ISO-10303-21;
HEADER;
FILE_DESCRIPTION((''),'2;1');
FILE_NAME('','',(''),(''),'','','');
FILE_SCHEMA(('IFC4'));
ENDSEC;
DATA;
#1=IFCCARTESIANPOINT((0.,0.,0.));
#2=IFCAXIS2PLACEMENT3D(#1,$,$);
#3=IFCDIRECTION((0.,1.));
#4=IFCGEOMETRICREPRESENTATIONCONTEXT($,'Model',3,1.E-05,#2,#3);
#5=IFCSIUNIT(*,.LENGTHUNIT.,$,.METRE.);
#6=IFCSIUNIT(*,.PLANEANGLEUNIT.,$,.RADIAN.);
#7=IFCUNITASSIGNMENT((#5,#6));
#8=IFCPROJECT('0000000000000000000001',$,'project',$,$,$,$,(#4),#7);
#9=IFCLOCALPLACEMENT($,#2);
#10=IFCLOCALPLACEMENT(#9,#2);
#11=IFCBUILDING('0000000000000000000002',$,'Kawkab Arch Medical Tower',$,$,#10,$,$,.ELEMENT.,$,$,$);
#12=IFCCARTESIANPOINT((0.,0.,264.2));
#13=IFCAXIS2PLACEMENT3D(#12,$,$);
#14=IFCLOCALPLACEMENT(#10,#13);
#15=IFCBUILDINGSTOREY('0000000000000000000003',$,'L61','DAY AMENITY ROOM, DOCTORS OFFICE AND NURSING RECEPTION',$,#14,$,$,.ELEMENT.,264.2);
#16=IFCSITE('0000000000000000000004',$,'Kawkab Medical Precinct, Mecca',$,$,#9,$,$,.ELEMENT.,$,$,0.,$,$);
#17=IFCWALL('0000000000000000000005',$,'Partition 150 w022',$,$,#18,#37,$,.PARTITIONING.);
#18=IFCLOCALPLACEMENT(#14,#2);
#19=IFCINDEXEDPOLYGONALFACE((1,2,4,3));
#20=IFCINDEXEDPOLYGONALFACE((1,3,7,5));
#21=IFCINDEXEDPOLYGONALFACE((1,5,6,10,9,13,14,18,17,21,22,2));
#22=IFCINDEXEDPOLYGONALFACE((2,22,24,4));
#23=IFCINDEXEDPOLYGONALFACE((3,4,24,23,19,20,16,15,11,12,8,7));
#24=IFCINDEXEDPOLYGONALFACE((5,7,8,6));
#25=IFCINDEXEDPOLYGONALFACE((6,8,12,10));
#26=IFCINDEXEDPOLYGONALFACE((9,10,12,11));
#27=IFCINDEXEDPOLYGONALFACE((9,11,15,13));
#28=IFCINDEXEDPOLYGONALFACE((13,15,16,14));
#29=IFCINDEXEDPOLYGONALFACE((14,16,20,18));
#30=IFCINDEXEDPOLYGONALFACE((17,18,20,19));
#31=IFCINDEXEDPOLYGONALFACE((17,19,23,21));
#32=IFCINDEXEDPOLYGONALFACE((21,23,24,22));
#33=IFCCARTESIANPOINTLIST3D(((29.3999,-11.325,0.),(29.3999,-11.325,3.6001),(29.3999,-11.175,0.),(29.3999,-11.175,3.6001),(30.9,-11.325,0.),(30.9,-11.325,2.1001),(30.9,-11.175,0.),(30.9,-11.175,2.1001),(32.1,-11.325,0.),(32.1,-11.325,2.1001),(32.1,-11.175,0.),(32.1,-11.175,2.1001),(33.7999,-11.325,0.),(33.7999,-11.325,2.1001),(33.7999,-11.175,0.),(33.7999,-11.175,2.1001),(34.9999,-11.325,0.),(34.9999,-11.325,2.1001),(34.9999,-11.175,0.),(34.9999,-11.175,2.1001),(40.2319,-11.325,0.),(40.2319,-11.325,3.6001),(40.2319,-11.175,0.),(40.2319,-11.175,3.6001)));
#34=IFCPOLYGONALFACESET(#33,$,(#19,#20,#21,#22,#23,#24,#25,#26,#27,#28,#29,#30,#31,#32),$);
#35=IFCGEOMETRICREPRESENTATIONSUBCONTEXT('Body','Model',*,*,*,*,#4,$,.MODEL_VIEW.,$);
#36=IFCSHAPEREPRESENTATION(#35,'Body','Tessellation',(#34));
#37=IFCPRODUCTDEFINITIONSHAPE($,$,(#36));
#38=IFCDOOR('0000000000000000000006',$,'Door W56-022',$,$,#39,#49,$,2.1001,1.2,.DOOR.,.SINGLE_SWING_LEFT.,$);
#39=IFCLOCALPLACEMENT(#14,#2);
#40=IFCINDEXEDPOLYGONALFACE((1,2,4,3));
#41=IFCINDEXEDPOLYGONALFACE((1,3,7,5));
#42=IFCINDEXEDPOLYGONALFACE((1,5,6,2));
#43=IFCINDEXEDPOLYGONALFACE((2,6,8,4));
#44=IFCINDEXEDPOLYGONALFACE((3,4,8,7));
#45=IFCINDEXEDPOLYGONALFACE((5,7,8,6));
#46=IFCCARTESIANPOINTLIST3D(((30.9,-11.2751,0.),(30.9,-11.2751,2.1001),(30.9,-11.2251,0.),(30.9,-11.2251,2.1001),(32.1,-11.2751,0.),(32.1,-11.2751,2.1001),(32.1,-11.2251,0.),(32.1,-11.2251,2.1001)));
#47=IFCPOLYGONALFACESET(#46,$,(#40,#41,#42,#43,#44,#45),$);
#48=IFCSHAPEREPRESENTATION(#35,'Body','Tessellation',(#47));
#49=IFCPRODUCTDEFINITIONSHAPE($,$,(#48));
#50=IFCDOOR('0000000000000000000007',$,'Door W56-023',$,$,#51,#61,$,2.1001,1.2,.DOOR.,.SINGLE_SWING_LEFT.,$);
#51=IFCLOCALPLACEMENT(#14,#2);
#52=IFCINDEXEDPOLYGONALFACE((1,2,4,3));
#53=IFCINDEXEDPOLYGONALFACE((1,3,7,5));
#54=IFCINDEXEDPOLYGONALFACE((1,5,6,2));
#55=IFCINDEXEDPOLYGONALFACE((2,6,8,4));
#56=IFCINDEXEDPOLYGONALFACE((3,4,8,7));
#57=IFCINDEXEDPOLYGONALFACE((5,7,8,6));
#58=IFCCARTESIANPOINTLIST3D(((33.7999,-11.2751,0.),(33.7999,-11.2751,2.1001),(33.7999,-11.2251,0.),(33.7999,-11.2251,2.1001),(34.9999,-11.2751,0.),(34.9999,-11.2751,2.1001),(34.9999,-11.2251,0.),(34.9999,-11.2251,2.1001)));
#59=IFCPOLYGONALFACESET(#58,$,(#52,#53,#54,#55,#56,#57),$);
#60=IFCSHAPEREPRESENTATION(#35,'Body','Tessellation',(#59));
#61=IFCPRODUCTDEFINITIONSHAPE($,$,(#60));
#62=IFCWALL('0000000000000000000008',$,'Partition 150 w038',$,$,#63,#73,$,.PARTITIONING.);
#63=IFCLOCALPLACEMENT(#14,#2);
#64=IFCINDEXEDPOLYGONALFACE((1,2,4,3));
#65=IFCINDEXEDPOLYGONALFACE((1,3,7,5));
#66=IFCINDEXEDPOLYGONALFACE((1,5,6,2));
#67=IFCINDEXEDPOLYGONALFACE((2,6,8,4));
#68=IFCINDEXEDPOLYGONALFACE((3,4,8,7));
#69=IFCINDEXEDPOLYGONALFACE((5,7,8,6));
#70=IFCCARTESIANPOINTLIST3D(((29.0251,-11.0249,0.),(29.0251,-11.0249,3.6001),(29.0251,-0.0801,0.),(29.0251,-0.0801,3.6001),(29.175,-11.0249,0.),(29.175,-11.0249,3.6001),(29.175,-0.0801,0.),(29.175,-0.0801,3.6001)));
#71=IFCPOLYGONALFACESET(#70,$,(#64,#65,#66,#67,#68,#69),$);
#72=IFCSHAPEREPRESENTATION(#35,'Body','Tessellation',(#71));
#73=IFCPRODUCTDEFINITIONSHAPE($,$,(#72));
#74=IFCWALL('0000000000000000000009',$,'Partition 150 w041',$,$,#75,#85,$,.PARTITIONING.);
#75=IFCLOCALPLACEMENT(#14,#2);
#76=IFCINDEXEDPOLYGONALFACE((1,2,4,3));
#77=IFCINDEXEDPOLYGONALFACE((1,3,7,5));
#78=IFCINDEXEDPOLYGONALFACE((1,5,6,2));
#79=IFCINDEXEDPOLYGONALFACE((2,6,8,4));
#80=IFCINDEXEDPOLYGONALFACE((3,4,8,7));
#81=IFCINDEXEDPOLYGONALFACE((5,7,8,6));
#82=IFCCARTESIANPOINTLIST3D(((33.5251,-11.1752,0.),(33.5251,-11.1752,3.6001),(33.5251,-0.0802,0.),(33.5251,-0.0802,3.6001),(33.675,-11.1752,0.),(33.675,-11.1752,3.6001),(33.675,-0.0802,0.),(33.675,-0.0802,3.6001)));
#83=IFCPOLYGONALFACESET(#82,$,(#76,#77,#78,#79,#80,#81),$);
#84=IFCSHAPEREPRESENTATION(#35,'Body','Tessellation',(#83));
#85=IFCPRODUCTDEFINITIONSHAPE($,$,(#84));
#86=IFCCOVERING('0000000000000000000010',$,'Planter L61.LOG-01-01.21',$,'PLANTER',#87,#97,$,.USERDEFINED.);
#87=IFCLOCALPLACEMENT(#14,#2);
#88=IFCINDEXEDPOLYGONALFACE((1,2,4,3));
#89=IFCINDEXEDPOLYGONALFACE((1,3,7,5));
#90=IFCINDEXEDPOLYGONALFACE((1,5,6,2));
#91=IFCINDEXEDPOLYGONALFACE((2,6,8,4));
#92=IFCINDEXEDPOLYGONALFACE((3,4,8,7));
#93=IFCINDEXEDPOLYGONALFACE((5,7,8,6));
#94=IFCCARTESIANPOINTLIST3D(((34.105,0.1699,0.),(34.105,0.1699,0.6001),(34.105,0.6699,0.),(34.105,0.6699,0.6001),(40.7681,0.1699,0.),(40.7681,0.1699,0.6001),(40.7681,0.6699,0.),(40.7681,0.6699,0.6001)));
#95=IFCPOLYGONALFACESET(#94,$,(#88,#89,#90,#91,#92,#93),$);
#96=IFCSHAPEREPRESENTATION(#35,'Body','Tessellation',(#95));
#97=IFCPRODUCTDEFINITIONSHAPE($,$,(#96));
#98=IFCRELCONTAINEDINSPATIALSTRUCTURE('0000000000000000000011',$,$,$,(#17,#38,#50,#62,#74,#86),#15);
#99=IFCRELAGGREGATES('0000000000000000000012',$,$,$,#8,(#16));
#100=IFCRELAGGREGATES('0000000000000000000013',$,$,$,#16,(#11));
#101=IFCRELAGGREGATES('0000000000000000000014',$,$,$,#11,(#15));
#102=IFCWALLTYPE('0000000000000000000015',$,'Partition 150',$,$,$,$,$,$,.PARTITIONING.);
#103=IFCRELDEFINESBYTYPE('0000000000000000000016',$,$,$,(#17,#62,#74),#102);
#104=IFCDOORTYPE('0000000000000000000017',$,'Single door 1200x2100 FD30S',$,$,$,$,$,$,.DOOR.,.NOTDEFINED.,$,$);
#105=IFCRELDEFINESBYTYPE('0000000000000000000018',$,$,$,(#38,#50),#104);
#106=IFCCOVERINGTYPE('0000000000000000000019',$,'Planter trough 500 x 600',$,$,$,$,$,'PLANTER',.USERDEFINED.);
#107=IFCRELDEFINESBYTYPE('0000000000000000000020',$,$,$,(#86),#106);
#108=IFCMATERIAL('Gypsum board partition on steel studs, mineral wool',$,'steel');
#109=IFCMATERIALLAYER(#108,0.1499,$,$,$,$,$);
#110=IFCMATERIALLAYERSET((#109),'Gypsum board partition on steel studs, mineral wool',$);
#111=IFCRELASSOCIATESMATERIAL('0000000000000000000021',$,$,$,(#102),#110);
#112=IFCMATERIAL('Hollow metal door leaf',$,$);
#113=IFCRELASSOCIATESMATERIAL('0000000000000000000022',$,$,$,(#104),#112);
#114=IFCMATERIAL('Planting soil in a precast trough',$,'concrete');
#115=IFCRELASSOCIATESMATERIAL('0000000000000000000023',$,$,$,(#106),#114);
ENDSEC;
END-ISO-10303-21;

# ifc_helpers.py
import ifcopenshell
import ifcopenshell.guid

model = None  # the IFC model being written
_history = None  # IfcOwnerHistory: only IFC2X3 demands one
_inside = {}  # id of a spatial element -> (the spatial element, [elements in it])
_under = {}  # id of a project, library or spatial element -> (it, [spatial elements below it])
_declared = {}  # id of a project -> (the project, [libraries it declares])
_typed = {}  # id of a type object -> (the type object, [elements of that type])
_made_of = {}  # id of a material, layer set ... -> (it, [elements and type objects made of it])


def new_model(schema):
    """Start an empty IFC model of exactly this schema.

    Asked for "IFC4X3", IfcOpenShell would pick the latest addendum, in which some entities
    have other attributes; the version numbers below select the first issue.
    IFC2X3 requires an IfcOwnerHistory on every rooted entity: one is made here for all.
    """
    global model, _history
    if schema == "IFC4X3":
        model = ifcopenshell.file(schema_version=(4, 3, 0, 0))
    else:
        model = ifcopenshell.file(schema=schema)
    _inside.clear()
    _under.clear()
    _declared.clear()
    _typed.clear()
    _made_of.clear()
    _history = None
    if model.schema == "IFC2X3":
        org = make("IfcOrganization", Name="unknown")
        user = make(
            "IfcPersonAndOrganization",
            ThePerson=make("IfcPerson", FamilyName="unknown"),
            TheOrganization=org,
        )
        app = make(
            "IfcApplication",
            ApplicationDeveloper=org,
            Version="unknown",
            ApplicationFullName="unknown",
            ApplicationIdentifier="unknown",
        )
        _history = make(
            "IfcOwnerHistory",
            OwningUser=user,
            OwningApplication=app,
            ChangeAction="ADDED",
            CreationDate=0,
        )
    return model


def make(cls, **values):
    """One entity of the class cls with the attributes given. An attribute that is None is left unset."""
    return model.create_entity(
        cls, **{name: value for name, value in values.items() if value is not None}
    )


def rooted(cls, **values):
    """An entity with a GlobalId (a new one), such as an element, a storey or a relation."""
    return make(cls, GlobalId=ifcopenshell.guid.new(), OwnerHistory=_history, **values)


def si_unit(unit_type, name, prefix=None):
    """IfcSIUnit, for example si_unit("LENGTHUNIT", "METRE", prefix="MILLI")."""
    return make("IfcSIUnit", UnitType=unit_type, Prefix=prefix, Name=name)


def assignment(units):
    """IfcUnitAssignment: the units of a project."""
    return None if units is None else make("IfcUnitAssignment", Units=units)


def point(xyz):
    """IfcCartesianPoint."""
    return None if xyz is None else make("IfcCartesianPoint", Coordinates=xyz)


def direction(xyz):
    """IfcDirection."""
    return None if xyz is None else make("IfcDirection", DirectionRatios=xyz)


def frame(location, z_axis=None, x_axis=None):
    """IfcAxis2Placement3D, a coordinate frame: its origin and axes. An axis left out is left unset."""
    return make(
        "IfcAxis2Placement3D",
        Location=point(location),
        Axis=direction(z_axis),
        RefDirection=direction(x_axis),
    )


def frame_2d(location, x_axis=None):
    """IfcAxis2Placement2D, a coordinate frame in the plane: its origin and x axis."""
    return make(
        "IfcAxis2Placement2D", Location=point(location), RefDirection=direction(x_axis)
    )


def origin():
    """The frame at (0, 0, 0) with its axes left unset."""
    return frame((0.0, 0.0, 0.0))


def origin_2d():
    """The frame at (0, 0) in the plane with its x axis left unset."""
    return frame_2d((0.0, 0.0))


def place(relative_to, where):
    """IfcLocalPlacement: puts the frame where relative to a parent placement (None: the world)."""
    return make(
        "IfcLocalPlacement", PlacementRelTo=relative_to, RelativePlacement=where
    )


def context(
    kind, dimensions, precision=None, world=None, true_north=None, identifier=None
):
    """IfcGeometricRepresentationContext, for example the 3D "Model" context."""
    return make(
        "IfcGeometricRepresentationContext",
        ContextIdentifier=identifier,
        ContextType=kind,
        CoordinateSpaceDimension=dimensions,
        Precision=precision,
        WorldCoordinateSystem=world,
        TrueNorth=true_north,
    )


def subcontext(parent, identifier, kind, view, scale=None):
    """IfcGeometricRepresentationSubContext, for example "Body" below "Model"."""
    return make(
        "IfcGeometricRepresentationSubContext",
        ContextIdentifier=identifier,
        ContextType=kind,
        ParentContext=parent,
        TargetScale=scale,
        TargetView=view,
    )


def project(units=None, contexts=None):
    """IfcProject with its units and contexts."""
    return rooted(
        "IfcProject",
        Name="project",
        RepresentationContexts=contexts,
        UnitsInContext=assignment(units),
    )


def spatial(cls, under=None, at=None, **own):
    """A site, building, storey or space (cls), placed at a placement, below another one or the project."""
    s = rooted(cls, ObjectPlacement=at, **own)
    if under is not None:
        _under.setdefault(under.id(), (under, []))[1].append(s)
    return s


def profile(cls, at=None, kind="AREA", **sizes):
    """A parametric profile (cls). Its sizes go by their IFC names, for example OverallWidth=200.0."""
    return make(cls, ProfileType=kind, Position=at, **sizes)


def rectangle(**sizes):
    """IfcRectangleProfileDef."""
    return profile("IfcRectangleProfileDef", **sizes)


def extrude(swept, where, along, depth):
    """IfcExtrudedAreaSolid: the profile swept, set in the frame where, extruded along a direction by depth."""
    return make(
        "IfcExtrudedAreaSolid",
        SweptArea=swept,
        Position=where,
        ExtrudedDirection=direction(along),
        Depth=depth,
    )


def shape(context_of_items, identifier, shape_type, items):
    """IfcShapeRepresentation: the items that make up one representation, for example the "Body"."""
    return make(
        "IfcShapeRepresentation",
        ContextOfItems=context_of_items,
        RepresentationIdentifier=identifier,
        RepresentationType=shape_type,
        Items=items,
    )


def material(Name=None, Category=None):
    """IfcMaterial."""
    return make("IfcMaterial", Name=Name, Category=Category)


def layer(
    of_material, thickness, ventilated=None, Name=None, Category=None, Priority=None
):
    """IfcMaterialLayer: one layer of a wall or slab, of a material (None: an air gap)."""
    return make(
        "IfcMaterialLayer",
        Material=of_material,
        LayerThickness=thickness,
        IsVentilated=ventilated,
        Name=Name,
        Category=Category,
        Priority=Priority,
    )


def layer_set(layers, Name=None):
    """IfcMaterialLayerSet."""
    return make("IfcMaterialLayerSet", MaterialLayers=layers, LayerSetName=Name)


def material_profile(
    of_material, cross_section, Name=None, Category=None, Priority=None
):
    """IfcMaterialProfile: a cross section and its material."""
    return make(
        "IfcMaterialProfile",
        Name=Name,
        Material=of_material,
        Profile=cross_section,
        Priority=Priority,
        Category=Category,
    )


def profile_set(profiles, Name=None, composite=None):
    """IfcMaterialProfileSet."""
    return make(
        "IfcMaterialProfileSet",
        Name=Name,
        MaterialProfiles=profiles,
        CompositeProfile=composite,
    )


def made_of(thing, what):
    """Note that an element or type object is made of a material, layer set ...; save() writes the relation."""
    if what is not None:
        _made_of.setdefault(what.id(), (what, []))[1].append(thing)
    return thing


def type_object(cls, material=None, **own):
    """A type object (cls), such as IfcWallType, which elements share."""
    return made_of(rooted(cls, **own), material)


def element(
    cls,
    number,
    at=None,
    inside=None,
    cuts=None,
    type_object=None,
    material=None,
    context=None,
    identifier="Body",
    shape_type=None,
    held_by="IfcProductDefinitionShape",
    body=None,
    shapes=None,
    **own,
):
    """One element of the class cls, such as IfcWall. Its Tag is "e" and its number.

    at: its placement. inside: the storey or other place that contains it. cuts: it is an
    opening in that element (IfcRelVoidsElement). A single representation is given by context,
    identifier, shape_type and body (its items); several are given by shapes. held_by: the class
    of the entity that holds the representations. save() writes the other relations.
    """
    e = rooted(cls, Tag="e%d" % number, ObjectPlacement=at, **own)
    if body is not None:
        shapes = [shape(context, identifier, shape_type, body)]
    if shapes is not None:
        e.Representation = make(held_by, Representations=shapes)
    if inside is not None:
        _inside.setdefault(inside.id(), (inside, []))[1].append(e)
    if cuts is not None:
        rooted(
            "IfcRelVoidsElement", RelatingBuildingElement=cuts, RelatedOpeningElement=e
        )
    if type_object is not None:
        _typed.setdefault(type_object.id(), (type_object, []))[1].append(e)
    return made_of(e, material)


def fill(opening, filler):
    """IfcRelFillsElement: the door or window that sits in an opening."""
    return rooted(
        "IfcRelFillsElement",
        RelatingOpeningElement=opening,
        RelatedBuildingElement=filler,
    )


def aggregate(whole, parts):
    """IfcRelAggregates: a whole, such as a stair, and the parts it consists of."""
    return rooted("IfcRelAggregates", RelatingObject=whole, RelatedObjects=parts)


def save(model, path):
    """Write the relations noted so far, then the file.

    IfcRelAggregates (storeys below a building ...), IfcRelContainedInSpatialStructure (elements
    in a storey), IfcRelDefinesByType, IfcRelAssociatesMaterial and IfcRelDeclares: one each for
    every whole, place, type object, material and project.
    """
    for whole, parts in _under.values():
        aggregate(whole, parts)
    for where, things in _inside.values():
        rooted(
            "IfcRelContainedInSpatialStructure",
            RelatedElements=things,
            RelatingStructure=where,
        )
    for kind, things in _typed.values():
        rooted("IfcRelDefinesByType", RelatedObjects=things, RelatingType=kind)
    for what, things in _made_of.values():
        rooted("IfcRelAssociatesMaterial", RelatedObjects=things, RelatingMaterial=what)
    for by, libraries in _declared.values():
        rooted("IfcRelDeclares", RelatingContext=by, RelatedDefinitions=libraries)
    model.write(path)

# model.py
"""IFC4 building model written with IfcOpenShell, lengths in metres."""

from ifc_helpers import new_model, si_unit, direction, frame, frame_2d, origin, origin_2d, place, context, subcontext, project, spatial, rectangle, extrude, material, layer, layer_set, material_profile, profile_set, type_object, element, fill, save


model = new_model("IFC4")

# Units and contexts
model_context = context("Model", 3, precision=1e-05, world=origin(), true_north=direction((0.0, 1.0)))
body_context = subcontext(model_context, "Body", "Model", "MODEL_VIEW")
ifc_project = project(units=[si_unit("LENGTHUNIT", "METRE"), si_unit("PLANEANGLEUNIT", "RADIAN")], contexts=[model_context])

# Site, building, storey
site_placement = place(None, origin())
site = spatial("IfcSite", under=ifc_project, at=site_placement, Name="Kawkab Medical Precinct, Mecca", CompositionType="ELEMENT", RefElevation=0.0)
building_placement = place(site_placement, origin())
building = spatial("IfcBuilding", under=site, at=building_placement, Name="Kawkab Arch Medical Tower", CompositionType="ELEMENT")
storey_placement = place(building_placement, frame((0.0, 0.0, 264.2)))
storey = spatial("IfcBuildingStorey", under=building, at=storey_placement, Name="L61", Description="DAY AMENITY ROOM, DOCTORS OFFICE AND NURSING RECEPTION", CompositionType="ELEMENT", Elevation=264.2)

# Wall, openings, doors
ifc_material_1 = material(Name="Gypsum board partition on steel studs, mineral wool", Category="steel")
ifc_layer_1 = layer(ifc_material_1, 0.1499)
ifc_layer_set_1 = layer_set([ifc_layer_1], Name="Gypsum board partition on steel studs, mineral wool")
wall_type = type_object("IfcWallType", Name="Partition 150", PredefinedType="PARTITIONING", material=ifc_layer_set_1)
ifc_material_2 = material(Name="Hollow metal door leaf")
door_type_1 = type_object("IfcDoorType", Name="Single door 1200x2100 FD30S", OperationType="NOTDEFINED", PredefinedType="DOOR", material=ifc_material_2)
wall_1_placement = place(storey_placement, frame((29.3999, -11.25, 0.0), z_axis=(0.0, 0.0, 1.0), x_axis=(1.0, 0.0, 0.0)))
wall_1 = element("IfcWall", 1, at=wall_1_placement, inside=storey, type_object=wall_type, Name="Partition 150 w022", PredefinedType="PARTITIONING", context=body_context, shape_type="SweptSolid", body=[
    extrude(rectangle(XDim=10.832, YDim=0.1499, at=frame_2d((5.416, 0.0))), origin(), (0.0, 0.0, 1.0), 3.6001),
])
opening_1_placement = place(wall_1_placement, frame((1.5, 0.0, 0.0)))
opening_1 = element("IfcOpeningElement", 2, at=opening_1_placement, cuts=wall_1, PredefinedType="OPENING", context=body_context, shape_type="SweptSolid", body=[
    extrude(rectangle(XDim=1.2, YDim=2.1001, at=frame_2d((0.6001, 1.05))), frame((0.0, 0.085, 0.0), z_axis=(0.0, -1.0, 0.0), x_axis=(1.0, 0.0, 0.0)), (0.0, 0.0, 1.0), 0.1699),
])
opening_2_placement = place(wall_1_placement, frame((4.3999, 0.0, 0.0)))
opening_2 = element("IfcOpeningElement", 3, at=opening_2_placement, cuts=wall_1, PredefinedType="OPENING", context=body_context, shape_type="SweptSolid", body=[
    extrude(rectangle(XDim=1.2, YDim=2.1001, at=frame_2d((0.6001, 1.05))), frame((0.0, 0.085, 0.0), z_axis=(0.0, -1.0, 0.0), x_axis=(1.0, 0.0, 0.0)), (0.0, 0.0, 1.0), 0.1699),
])
door_1_placement = place(opening_1_placement, origin())
door_1 = element("IfcDoor", 4, at=door_1_placement, inside=storey, type_object=door_type_1, Name="Door W56-022", OperationType="SINGLE_SWING_LEFT", OverallHeight=2.1001, OverallWidth=1.2, PredefinedType="DOOR", context=body_context, shape_type="SweptSolid", body=[
    extrude(rectangle(XDim=1.2, YDim=2.1001, at=frame_2d((0.6001, 1.05))), frame((0.0, 0.0249, 0.0), z_axis=(0.0, -1.0, 0.0), x_axis=(1.0, 0.0, 0.0)), (0.0, 0.0, 1.0), 0.05),
])
fill(opening_1, door_1)
door_2_placement = place(opening_2_placement, origin())
door_2 = element("IfcDoor", 5, at=door_2_placement, inside=storey, type_object=door_type_1, Name="Door W56-023", OperationType="SINGLE_SWING_LEFT", OverallHeight=2.1001, OverallWidth=1.2, PredefinedType="DOOR", context=body_context, shape_type="SweptSolid", body=[
    extrude(rectangle(XDim=1.2, YDim=2.1001, at=frame_2d((0.6001, 1.05))), frame((0.0, 0.0249, 0.0), z_axis=(0.0, -1.0, 0.0), x_axis=(1.0, 0.0, 0.0)), (0.0, 0.0, 1.0), 0.05),
])
fill(opening_2, door_2)

# Walls
wall_2_placement = place(storey_placement, frame((29.1001, -11.0249, 0.0), z_axis=(0.0, 0.0, 1.0), x_axis=(0.0, 1.0, 0.0)))
element("IfcWall", 6, at=wall_2_placement, inside=storey, type_object=wall_type, Name="Partition 150 w038", PredefinedType="PARTITIONING", context=body_context, shape_type="SweptSolid", body=[
    extrude(rectangle(XDim=10.9448, YDim=0.1499, at=frame_2d((5.4724, 0.0))), origin(), (0.0, 0.0, 1.0), 3.6001),
])
wall_3_placement = place(storey_placement, frame((33.6001, -11.175, 0.0), z_axis=(0.0, 0.0, 1.0), x_axis=(0.0, 1.0, 0.0)))
element("IfcWall", 7, at=wall_3_placement, inside=storey, type_object=wall_type, Name="Partition 150 w041", PredefinedType="PARTITIONING", context=body_context, shape_type="SweptSolid", body=[
    extrude(rectangle(XDim=11.095, YDim=0.1499, at=frame_2d((5.5474, 0.0))), origin(), (0.0, 0.0, 1.0), 3.6001),
])

# Covering
ifc_material_3 = material(Name="Planting soil in a precast trough", Category="concrete")
ifc_material_profile_1 = material_profile(ifc_material_3, rectangle(XDim=0.5, YDim=0.6001, at=origin_2d()), Name="Trough 500x600")
ifc_profile_set_1 = profile_set([ifc_material_profile_1], Name="Planting soil in a precast trough")
covering_type = type_object("IfcCoveringType", Name="Planter trough 500 x 600", ElementType="PLANTER", PredefinedType="USERDEFINED", material=ifc_profile_set_1)
covering_placement = place(storey_placement, frame((34.105, 0.4199, 0.3), z_axis=(1.0, 0.0, 0.0), x_axis=(0.0, 1.0, 0.0)))
element("IfcCovering", 8, at=covering_placement, inside=storey, type_object=covering_type, Name="Planter L61.LOG-01-01.21", ObjectType="PLANTER", PredefinedType="USERDEFINED", context=body_context, shape_type="SweptSolid", body=[
    extrude(rectangle(XDim=0.5, YDim=0.6001, at=origin_2d()), origin(), (0.0, 0.0, 1.0), 6.6631),
])

save(model, "model.ifc")
